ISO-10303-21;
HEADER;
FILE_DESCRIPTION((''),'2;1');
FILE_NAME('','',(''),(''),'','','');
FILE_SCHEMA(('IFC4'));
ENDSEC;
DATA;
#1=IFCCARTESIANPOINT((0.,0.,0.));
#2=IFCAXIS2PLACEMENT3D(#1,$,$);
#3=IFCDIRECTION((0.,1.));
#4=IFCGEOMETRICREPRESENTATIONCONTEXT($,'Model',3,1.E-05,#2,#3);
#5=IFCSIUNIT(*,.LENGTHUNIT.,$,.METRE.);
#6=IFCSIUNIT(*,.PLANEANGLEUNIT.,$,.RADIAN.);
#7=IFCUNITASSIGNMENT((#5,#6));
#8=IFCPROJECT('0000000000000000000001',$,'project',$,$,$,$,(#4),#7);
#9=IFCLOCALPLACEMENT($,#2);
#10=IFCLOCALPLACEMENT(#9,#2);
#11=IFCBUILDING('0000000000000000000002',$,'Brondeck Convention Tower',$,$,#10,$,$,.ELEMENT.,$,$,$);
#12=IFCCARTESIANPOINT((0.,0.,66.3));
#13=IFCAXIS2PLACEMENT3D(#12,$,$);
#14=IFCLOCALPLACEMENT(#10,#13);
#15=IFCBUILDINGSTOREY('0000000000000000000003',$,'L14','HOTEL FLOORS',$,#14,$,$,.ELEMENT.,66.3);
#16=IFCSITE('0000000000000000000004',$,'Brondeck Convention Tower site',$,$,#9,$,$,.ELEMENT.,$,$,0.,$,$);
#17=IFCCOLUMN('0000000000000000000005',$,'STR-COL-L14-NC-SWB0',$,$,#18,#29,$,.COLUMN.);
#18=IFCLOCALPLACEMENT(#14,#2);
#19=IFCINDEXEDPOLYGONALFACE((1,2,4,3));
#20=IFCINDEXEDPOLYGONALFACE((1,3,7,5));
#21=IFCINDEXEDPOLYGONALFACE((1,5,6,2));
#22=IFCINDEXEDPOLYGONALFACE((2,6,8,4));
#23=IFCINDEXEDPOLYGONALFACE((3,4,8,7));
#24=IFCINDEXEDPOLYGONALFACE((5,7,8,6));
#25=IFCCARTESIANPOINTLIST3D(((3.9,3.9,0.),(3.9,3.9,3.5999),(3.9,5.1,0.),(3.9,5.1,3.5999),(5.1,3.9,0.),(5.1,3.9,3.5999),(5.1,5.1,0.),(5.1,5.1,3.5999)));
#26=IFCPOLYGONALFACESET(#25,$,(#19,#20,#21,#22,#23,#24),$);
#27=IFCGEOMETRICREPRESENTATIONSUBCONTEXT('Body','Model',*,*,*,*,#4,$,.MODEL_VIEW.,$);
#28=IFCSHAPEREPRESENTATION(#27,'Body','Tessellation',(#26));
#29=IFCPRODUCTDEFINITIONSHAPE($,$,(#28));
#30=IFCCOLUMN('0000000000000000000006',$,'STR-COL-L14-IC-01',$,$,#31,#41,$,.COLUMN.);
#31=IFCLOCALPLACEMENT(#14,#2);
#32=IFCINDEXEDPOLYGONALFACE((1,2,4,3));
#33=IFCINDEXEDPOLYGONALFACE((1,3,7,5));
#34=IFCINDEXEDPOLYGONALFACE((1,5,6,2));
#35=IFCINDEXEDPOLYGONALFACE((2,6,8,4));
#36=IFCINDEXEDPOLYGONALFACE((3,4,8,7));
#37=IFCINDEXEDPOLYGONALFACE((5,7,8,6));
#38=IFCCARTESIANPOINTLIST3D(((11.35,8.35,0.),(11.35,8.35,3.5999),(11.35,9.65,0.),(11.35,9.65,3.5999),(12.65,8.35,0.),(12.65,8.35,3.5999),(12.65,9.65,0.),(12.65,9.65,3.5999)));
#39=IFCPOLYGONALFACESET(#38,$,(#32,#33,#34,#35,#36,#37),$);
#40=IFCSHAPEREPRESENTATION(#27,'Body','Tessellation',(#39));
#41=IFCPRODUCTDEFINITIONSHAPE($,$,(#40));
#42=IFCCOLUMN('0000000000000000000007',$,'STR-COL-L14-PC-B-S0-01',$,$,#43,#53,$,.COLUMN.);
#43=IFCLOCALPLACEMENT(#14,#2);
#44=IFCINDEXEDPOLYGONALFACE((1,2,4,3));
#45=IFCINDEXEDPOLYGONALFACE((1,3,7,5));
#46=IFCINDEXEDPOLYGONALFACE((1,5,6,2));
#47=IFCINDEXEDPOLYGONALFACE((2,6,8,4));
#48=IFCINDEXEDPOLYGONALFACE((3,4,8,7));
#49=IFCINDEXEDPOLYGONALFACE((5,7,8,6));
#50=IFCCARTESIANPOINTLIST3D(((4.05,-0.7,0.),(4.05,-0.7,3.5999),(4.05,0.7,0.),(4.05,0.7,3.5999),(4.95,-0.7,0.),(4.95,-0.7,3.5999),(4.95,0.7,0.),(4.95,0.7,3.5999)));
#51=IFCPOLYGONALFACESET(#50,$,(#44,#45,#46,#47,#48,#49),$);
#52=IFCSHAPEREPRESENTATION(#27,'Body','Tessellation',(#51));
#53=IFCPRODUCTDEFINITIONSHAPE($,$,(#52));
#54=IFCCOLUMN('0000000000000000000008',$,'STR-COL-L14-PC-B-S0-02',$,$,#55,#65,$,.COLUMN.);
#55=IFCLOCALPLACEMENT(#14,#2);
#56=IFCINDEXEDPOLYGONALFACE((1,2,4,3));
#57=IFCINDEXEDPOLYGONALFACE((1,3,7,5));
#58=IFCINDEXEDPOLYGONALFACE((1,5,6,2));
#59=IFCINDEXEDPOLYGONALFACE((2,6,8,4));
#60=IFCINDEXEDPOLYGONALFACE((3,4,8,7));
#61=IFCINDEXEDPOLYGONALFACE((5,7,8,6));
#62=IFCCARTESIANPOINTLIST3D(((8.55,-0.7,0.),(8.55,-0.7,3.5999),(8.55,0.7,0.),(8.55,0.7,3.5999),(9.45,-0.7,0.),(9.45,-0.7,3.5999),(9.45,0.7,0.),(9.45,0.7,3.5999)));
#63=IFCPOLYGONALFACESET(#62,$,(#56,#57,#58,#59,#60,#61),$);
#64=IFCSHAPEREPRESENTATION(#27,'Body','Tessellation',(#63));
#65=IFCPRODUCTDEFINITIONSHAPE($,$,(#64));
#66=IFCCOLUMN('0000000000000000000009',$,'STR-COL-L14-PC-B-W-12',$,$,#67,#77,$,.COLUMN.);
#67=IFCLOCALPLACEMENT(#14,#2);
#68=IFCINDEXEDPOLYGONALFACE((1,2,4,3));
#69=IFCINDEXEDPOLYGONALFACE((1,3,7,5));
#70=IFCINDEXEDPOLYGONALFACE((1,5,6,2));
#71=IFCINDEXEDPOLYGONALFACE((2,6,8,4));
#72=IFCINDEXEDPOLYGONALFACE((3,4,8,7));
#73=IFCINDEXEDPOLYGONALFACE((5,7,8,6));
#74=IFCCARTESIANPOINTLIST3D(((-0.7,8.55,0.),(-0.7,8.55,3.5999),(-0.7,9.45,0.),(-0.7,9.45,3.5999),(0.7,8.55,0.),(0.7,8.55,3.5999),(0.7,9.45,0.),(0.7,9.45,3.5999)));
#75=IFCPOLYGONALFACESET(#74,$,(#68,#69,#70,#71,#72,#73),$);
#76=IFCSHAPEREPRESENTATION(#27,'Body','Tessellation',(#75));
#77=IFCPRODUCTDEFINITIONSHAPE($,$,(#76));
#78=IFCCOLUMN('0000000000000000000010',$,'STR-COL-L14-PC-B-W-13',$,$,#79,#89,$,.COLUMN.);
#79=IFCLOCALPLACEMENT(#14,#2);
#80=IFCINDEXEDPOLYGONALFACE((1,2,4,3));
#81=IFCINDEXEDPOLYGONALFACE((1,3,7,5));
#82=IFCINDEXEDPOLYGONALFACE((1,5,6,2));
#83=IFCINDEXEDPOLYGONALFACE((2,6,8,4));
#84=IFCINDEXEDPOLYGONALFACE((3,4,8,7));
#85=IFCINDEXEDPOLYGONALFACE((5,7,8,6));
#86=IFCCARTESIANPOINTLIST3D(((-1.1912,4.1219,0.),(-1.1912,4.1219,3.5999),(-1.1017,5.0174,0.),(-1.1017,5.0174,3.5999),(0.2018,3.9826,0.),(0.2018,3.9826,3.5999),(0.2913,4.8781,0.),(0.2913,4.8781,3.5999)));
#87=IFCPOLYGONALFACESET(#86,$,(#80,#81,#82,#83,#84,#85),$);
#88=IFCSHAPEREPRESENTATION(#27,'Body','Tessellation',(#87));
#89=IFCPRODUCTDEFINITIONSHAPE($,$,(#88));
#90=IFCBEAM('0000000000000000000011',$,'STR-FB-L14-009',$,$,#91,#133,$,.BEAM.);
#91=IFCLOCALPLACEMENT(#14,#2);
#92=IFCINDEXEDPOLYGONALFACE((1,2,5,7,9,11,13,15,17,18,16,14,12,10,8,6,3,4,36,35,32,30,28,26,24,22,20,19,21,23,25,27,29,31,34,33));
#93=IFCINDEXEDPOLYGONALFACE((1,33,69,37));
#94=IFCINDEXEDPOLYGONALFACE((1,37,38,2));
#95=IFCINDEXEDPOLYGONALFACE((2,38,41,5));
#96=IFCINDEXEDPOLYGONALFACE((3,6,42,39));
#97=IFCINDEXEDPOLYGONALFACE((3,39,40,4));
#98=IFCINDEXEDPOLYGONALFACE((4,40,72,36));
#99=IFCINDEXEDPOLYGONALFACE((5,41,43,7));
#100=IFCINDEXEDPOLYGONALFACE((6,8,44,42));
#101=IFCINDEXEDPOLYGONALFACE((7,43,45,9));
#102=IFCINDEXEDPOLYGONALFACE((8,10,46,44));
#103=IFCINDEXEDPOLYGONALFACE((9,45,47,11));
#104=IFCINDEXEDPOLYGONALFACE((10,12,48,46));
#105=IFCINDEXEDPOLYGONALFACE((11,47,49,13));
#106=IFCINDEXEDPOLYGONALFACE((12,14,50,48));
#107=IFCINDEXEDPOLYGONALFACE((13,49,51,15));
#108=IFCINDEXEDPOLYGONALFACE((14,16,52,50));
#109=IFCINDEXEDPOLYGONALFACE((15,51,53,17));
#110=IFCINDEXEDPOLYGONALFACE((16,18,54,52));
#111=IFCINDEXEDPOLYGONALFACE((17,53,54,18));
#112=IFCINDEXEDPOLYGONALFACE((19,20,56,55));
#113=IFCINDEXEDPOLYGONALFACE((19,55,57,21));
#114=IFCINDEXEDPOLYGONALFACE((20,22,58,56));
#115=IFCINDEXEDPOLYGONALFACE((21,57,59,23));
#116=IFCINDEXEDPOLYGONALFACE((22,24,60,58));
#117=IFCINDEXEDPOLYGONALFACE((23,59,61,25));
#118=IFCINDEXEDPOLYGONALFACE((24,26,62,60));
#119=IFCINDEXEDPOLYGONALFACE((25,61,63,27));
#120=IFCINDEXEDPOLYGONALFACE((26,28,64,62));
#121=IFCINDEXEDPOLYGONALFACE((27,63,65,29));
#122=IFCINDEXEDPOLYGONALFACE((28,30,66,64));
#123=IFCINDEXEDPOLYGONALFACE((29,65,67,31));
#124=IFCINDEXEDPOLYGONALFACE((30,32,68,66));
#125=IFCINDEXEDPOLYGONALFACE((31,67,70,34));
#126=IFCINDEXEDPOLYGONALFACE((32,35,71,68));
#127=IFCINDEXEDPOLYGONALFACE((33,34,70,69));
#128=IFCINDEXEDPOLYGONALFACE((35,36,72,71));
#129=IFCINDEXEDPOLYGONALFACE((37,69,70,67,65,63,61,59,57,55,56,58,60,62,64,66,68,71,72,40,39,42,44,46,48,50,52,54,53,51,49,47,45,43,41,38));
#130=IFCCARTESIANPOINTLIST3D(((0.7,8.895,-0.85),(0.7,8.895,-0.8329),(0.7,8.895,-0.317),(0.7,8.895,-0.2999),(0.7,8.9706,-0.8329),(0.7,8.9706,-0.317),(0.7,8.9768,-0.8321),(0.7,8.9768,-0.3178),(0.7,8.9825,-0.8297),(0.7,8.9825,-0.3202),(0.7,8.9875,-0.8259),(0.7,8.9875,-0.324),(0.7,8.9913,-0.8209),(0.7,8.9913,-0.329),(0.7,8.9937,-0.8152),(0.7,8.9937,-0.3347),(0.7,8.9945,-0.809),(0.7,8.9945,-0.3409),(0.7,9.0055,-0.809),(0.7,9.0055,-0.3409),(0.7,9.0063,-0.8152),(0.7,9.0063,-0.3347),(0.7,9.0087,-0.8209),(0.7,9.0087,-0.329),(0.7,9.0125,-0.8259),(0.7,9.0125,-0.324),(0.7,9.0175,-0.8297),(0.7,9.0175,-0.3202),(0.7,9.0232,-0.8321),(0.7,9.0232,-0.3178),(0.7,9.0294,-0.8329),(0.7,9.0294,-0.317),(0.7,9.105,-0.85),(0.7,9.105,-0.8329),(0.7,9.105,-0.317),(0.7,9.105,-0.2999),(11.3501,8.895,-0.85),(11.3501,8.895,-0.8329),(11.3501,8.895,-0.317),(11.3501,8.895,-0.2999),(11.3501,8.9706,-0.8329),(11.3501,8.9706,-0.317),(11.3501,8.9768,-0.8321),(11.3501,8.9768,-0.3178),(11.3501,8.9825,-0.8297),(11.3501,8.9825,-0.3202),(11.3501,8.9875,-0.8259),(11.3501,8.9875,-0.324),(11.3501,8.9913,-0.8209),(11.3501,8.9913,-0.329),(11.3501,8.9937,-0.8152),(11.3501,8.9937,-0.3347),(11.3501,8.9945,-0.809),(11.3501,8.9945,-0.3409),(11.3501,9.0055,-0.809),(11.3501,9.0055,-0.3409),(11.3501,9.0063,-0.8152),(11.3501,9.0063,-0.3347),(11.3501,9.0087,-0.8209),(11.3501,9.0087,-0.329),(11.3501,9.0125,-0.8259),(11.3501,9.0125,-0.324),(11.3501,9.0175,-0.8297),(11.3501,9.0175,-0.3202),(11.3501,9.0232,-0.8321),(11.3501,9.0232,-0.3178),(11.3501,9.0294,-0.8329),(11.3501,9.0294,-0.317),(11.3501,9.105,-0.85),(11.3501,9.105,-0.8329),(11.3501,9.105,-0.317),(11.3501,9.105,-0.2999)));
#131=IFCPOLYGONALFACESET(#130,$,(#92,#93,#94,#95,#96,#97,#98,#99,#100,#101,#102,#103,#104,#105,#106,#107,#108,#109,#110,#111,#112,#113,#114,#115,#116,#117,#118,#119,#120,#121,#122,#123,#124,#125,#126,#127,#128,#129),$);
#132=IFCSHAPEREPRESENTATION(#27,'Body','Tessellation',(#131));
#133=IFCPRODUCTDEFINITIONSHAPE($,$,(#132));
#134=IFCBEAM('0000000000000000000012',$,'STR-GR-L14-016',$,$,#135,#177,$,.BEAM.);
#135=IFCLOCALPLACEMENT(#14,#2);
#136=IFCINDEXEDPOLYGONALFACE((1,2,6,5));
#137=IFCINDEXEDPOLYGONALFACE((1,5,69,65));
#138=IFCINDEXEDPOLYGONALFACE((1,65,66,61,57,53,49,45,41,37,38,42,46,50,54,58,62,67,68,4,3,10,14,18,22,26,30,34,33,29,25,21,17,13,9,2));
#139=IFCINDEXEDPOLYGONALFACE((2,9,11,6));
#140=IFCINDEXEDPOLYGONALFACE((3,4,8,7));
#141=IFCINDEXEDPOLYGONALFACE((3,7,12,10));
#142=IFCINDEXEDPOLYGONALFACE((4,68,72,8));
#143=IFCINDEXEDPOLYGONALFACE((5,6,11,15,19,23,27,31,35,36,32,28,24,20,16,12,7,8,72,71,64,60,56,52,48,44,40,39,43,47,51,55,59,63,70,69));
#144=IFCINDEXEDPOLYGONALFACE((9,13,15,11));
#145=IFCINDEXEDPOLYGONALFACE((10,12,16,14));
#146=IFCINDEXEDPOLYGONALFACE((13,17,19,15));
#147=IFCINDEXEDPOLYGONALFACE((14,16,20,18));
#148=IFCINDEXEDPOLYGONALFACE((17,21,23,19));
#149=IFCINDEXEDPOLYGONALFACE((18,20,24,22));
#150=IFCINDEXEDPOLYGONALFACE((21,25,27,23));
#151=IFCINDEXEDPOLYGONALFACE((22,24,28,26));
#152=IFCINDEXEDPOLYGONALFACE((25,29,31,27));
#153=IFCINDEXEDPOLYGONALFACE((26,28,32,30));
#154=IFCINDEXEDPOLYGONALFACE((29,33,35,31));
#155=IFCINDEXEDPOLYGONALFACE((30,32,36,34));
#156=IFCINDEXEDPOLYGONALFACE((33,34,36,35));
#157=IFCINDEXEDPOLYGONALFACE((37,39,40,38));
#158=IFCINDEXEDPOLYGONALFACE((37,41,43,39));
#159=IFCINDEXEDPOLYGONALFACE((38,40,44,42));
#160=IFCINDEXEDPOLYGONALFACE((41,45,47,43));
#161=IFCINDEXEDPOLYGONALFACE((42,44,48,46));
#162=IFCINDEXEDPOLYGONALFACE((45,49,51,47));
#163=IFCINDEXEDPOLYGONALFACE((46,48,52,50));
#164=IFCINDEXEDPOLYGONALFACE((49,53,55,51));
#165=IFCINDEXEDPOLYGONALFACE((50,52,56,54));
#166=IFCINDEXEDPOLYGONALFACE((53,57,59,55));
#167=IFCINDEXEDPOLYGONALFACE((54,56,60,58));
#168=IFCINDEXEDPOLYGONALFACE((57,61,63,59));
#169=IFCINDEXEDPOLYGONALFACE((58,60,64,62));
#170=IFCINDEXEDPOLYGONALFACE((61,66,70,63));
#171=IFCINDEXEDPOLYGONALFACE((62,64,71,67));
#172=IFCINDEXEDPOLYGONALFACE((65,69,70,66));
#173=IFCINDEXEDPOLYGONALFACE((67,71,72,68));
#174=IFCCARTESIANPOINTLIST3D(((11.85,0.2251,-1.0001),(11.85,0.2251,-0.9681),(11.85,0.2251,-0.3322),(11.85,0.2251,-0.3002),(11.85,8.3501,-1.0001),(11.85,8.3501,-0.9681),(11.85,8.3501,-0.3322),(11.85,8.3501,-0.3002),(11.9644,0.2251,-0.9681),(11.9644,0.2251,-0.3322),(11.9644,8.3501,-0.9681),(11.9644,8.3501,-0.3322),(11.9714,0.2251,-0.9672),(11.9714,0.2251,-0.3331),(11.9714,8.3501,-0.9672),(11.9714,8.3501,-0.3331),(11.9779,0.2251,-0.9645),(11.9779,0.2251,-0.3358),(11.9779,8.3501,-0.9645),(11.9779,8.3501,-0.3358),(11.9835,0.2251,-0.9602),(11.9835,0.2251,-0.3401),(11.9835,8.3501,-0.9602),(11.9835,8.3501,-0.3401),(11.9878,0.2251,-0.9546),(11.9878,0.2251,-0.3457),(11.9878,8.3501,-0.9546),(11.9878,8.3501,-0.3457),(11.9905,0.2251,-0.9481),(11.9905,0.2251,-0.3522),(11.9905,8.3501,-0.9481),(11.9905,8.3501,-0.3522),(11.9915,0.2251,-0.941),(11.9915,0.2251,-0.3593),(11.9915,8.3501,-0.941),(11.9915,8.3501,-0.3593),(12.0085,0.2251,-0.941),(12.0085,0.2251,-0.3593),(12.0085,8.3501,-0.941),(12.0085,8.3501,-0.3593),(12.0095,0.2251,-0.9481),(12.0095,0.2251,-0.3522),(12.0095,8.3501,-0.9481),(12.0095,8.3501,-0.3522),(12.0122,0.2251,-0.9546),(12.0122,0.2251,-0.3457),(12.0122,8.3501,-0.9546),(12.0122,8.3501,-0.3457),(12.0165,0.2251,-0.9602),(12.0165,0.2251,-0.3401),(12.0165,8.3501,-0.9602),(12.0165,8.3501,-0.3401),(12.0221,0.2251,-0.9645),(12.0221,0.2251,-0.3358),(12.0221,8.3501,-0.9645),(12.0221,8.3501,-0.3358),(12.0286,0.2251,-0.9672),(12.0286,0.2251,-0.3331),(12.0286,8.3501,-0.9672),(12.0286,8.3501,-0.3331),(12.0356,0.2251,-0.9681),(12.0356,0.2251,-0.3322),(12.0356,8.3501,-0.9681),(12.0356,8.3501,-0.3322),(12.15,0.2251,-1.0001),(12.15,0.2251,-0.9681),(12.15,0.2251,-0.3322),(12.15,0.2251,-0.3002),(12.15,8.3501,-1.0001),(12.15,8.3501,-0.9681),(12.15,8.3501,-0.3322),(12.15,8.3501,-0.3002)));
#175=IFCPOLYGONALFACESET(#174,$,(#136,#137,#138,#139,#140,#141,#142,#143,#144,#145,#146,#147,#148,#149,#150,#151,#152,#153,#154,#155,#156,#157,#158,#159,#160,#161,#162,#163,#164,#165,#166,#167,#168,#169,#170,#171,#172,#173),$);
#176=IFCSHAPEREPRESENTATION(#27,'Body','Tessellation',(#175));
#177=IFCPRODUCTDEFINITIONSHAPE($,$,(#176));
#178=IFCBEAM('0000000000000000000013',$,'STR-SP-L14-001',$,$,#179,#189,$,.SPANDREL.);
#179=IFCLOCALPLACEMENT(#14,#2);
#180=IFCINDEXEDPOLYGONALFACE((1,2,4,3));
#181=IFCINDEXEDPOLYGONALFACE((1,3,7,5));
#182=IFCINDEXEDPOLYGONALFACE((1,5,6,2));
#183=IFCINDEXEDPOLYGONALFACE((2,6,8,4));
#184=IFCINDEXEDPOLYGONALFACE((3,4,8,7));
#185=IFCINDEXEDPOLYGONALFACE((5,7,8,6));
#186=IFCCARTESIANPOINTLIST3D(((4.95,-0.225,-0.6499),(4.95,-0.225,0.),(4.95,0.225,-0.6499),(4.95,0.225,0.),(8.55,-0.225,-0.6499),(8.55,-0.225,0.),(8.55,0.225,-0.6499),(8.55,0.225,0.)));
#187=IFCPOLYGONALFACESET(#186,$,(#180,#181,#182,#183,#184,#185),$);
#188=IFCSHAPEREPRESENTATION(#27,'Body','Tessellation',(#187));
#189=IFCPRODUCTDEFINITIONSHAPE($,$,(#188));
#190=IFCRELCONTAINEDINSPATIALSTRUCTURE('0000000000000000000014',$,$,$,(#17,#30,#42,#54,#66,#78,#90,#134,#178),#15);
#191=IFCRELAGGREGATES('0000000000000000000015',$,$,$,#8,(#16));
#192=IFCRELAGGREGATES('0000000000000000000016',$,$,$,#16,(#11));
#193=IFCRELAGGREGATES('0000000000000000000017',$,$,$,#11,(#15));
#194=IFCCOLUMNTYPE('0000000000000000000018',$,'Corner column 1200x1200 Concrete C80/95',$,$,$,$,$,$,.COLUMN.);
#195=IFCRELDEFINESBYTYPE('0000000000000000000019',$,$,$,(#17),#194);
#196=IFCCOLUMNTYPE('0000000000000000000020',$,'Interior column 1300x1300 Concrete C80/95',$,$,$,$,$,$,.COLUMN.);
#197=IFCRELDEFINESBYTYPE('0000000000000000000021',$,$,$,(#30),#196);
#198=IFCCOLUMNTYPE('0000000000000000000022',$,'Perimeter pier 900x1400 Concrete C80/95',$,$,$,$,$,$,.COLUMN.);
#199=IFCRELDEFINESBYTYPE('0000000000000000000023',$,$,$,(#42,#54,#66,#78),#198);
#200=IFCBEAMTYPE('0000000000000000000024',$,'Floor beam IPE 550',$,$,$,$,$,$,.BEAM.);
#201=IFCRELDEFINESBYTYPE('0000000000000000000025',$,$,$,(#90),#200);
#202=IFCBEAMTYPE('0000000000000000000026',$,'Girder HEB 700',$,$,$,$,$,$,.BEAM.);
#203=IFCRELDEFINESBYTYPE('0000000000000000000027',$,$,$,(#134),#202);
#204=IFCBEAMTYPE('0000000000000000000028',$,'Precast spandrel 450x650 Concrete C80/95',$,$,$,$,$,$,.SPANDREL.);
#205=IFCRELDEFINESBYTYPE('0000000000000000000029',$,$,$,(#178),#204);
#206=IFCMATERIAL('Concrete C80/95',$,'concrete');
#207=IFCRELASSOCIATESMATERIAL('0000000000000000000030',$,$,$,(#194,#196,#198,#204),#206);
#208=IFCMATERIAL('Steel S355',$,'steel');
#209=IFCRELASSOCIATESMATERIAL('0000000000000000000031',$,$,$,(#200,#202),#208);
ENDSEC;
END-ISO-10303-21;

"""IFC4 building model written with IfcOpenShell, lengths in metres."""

from ifc_helpers import new_model, si_unit, direction, frame, origin, origin_2d, place, context, subcontext, project, spatial, rectangle, i_section, extrude, material, material_profile, profile_set, type_object, element, save


model = new_model("IFC4")

# Units and contexts
model_context = context("Model", 3, precision=1e-05, world=origin(), true_north=direction((0.0, 1.0)))
body_context = subcontext(model_context, "Body", "Model", "MODEL_VIEW")
ifc_project = project(units=[si_unit("LENGTHUNIT", "METRE"), si_unit("PLANEANGLEUNIT", "RADIAN")], contexts=[model_context])

# Site, building, storey
site_placement = place(None, origin())
site = spatial("IfcSite", under=ifc_project, at=site_placement, Name="Brondeck Convention Tower site", CompositionType="ELEMENT", RefElevation=0.0)
building_placement = place(site_placement, origin())
building = spatial("IfcBuilding", under=site, at=building_placement, Name="Brondeck Convention Tower", CompositionType="ELEMENT")
storey_placement = place(building_placement, frame((0.0, 0.0, 66.3)))
storey = spatial("IfcBuildingStorey", under=building, at=storey_placement, Name="L14", Description="HOTEL FLOORS", CompositionType="ELEMENT", Elevation=66.3)

# Columns
ifc_material_1 = material(Name="Concrete C80/95", Category="concrete")
ifc_material_profile_1 = material_profile(ifc_material_1, rectangle(XDim=1.2, YDim=1.2, at=origin_2d()), Name="Corner column 1200x1200 Concrete C80/95")
ifc_profile_set_1 = profile_set([ifc_material_profile_1], Name="Concrete C80/95")
column_type_1 = type_object("IfcColumnType", Name="Corner column 1200x1200 Concrete C80/95", PredefinedType="COLUMN", material=ifc_profile_set_1)
column_1_placement = place(storey_placement, frame((4.5, 4.5, 0.0), z_axis=(0.0, 0.0, 1.0), x_axis=(1.0, 0.0, 0.0)))
element("IfcColumn", 1, at=column_1_placement, inside=storey, type_object=column_type_1, Name="STR-COL-L14-NC-SWB0", PredefinedType="COLUMN", context=body_context, shape_type="SweptSolid", body=[
    extrude(rectangle(XDim=1.2, YDim=1.2, at=origin_2d()), origin(), (0.0, 0.0, 1.0), 3.5999),
])
ifc_material_profile_2 = material_profile(ifc_material_1, rectangle(XDim=1.3, YDim=1.3, at=origin_2d()), Name="Interior column 1300x1300 Concrete C80/95")
ifc_profile_set_2 = profile_set([ifc_material_profile_2], Name="Concrete C80/95")
column_type_2 = type_object("IfcColumnType", Name="Interior column 1300x1300 Concrete C80/95", PredefinedType="COLUMN", material=ifc_profile_set_2)
column_2_placement = place(storey_placement, frame((12.0, 9.0, 0.0), z_axis=(0.0, 0.0, 1.0), x_axis=(1.0, 0.0, 0.0)))
element("IfcColumn", 2, at=column_2_placement, inside=storey, type_object=column_type_2, Name="STR-COL-L14-IC-01", PredefinedType="COLUMN", context=body_context, shape_type="SweptSolid", body=[
    extrude(rectangle(XDim=1.3, YDim=1.3, at=origin_2d()), origin(), (0.0, 0.0, 1.0), 3.5999),
])
ifc_material_profile_3 = material_profile(ifc_material_1, rectangle(XDim=0.8999, YDim=1.3999, at=origin_2d()), Name="Perimeter pier 900x1400 Concrete C80/95")
ifc_profile_set_3 = profile_set([ifc_material_profile_3], Name="Concrete C80/95")
column_type_3 = type_object("IfcColumnType", Name="Perimeter pier 900x1400 Concrete C80/95", PredefinedType="COLUMN", material=ifc_profile_set_3)
for number, where, z_axis, x_axis, name in (
    (3, (4.5, 0.0, 0.0), (0.0, 0.0, 1.0), (1.0, 0.0, 0.0), "STR-COL-L14-PC-B-S0-01"),
    (4, (9.0, 0.0, 0.0), (0.0, 0.0, 1.0), (1.0, 0.0, 0.0), "STR-COL-L14-PC-B-S0-02"),
    (5, (0.0, 9.0, 0.0), (0.0, 0.0, 1.0), (0.0, -1.0, 0.0), "STR-COL-L14-PC-B-W-12"),
    (6, (-0.45, 4.5, 0.0), (0.0, 0.0, 1.0), (-0.099504, -0.995037, 0.0), "STR-COL-L14-PC-B-W-13"),
):
    element("IfcColumn", number, at=place(storey_placement, frame(where, z_axis=z_axis, x_axis=x_axis)), inside=storey, type_object=column_type_3, Name=name, PredefinedType="COLUMN", context=body_context, shape_type="SweptSolid", body=[
        extrude(rectangle(XDim=0.8999, YDim=1.3999, at=origin_2d()), origin(), (0.0, 0.0, 1.0), 3.5999),
    ])

# Beams
ifc_material_2 = material(Name="Steel S355", Category="steel")
ifc_material_profile_4 = material_profile(ifc_material_2, i_section(OverallWidth=0.21, OverallDepth=0.55, WebThickness=0.011, FlangeThickness=0.0171, FilletRadius=0.0239, at=origin_2d()), Name="IPE 550")
ifc_profile_set_4 = profile_set([ifc_material_profile_4], Name="Steel S355")
beam_type_1 = type_object("IfcBeamType", Name="Floor beam IPE 550", PredefinedType="BEAM", material=ifc_profile_set_4)
beam_1_placement = place(storey_placement, frame((0.7, 9.0, -0.575), z_axis=(1.0, 0.0, 0.0), x_axis=(0.0, 1.0, 0.0)))
element("IfcBeam", 7, at=beam_1_placement, inside=storey, type_object=beam_type_1, Name="STR-FB-L14-009", PredefinedType="BEAM", context=body_context, shape_type="SweptSolid", body=[
    extrude(i_section(OverallWidth=0.21, OverallDepth=0.55, WebThickness=0.011, FlangeThickness=0.0171, FilletRadius=0.0239, at=origin_2d()), origin(), (0.0, 0.0, 1.0), 10.6501),
])
ifc_material_profile_5 = material_profile(ifc_material_2, i_section(OverallWidth=0.3, OverallDepth=0.7, WebThickness=0.0171, FlangeThickness=0.032, FilletRadius=0.0271, at=origin_2d()), Name="HEB 700")
ifc_profile_set_5 = profile_set([ifc_material_profile_5], Name="Steel S355")
beam_type_2 = type_object("IfcBeamType", Name="Girder HEB 700", PredefinedType="BEAM", material=ifc_profile_set_5)
beam_2_placement = place(storey_placement, frame((12.0, 8.3501, -0.6501), z_axis=(0.0, -1.0, 0.0), x_axis=(1.0, 0.0, 0.0)))
element("IfcBeam", 8, at=beam_2_placement, inside=storey, type_object=beam_type_2, Name="STR-GR-L14-016", PredefinedType="BEAM", context=body_context, shape_type="SweptSolid", body=[
    extrude(i_section(OverallWidth=0.3, OverallDepth=0.7, WebThickness=0.0171, FlangeThickness=0.032, FilletRadius=0.0271, at=origin_2d()), origin(), (0.0, 0.0, 1.0), 8.125),
])
ifc_material_profile_6 = material_profile(ifc_material_1, rectangle(XDim=0.45, YDim=0.6499, at=origin_2d()), Name="Precast spandrel 450x650 Concrete C80/95")
ifc_profile_set_6 = profile_set([ifc_material_profile_6], Name="Concrete C80/95")
beam_type_3 = type_object("IfcBeamType", Name="Precast spandrel 450x650 Concrete C80/95", PredefinedType="SPANDREL", material=ifc_profile_set_6)
for number, where, z_axis, x_axis, name in (
    (9, (4.95, 0.0, -0.325), (1.0, 0.0, 0.0), (0.0, 1.0, 0.0), "STR-SP-L14-001"),
):
    element("IfcBeam", number, at=place(storey_placement, frame(where, z_axis=z_axis, x_axis=x_axis)), inside=storey, type_object=beam_type_3, Name=name, PredefinedType="SPANDREL", context=body_context, shape_type="SweptSolid", body=[
        extrude(rectangle(XDim=0.45, YDim=0.6499, at=origin_2d()), origin(), (0.0, 0.0, 1.0), 3.6001),
    ])

save(model, "model.ifc")
